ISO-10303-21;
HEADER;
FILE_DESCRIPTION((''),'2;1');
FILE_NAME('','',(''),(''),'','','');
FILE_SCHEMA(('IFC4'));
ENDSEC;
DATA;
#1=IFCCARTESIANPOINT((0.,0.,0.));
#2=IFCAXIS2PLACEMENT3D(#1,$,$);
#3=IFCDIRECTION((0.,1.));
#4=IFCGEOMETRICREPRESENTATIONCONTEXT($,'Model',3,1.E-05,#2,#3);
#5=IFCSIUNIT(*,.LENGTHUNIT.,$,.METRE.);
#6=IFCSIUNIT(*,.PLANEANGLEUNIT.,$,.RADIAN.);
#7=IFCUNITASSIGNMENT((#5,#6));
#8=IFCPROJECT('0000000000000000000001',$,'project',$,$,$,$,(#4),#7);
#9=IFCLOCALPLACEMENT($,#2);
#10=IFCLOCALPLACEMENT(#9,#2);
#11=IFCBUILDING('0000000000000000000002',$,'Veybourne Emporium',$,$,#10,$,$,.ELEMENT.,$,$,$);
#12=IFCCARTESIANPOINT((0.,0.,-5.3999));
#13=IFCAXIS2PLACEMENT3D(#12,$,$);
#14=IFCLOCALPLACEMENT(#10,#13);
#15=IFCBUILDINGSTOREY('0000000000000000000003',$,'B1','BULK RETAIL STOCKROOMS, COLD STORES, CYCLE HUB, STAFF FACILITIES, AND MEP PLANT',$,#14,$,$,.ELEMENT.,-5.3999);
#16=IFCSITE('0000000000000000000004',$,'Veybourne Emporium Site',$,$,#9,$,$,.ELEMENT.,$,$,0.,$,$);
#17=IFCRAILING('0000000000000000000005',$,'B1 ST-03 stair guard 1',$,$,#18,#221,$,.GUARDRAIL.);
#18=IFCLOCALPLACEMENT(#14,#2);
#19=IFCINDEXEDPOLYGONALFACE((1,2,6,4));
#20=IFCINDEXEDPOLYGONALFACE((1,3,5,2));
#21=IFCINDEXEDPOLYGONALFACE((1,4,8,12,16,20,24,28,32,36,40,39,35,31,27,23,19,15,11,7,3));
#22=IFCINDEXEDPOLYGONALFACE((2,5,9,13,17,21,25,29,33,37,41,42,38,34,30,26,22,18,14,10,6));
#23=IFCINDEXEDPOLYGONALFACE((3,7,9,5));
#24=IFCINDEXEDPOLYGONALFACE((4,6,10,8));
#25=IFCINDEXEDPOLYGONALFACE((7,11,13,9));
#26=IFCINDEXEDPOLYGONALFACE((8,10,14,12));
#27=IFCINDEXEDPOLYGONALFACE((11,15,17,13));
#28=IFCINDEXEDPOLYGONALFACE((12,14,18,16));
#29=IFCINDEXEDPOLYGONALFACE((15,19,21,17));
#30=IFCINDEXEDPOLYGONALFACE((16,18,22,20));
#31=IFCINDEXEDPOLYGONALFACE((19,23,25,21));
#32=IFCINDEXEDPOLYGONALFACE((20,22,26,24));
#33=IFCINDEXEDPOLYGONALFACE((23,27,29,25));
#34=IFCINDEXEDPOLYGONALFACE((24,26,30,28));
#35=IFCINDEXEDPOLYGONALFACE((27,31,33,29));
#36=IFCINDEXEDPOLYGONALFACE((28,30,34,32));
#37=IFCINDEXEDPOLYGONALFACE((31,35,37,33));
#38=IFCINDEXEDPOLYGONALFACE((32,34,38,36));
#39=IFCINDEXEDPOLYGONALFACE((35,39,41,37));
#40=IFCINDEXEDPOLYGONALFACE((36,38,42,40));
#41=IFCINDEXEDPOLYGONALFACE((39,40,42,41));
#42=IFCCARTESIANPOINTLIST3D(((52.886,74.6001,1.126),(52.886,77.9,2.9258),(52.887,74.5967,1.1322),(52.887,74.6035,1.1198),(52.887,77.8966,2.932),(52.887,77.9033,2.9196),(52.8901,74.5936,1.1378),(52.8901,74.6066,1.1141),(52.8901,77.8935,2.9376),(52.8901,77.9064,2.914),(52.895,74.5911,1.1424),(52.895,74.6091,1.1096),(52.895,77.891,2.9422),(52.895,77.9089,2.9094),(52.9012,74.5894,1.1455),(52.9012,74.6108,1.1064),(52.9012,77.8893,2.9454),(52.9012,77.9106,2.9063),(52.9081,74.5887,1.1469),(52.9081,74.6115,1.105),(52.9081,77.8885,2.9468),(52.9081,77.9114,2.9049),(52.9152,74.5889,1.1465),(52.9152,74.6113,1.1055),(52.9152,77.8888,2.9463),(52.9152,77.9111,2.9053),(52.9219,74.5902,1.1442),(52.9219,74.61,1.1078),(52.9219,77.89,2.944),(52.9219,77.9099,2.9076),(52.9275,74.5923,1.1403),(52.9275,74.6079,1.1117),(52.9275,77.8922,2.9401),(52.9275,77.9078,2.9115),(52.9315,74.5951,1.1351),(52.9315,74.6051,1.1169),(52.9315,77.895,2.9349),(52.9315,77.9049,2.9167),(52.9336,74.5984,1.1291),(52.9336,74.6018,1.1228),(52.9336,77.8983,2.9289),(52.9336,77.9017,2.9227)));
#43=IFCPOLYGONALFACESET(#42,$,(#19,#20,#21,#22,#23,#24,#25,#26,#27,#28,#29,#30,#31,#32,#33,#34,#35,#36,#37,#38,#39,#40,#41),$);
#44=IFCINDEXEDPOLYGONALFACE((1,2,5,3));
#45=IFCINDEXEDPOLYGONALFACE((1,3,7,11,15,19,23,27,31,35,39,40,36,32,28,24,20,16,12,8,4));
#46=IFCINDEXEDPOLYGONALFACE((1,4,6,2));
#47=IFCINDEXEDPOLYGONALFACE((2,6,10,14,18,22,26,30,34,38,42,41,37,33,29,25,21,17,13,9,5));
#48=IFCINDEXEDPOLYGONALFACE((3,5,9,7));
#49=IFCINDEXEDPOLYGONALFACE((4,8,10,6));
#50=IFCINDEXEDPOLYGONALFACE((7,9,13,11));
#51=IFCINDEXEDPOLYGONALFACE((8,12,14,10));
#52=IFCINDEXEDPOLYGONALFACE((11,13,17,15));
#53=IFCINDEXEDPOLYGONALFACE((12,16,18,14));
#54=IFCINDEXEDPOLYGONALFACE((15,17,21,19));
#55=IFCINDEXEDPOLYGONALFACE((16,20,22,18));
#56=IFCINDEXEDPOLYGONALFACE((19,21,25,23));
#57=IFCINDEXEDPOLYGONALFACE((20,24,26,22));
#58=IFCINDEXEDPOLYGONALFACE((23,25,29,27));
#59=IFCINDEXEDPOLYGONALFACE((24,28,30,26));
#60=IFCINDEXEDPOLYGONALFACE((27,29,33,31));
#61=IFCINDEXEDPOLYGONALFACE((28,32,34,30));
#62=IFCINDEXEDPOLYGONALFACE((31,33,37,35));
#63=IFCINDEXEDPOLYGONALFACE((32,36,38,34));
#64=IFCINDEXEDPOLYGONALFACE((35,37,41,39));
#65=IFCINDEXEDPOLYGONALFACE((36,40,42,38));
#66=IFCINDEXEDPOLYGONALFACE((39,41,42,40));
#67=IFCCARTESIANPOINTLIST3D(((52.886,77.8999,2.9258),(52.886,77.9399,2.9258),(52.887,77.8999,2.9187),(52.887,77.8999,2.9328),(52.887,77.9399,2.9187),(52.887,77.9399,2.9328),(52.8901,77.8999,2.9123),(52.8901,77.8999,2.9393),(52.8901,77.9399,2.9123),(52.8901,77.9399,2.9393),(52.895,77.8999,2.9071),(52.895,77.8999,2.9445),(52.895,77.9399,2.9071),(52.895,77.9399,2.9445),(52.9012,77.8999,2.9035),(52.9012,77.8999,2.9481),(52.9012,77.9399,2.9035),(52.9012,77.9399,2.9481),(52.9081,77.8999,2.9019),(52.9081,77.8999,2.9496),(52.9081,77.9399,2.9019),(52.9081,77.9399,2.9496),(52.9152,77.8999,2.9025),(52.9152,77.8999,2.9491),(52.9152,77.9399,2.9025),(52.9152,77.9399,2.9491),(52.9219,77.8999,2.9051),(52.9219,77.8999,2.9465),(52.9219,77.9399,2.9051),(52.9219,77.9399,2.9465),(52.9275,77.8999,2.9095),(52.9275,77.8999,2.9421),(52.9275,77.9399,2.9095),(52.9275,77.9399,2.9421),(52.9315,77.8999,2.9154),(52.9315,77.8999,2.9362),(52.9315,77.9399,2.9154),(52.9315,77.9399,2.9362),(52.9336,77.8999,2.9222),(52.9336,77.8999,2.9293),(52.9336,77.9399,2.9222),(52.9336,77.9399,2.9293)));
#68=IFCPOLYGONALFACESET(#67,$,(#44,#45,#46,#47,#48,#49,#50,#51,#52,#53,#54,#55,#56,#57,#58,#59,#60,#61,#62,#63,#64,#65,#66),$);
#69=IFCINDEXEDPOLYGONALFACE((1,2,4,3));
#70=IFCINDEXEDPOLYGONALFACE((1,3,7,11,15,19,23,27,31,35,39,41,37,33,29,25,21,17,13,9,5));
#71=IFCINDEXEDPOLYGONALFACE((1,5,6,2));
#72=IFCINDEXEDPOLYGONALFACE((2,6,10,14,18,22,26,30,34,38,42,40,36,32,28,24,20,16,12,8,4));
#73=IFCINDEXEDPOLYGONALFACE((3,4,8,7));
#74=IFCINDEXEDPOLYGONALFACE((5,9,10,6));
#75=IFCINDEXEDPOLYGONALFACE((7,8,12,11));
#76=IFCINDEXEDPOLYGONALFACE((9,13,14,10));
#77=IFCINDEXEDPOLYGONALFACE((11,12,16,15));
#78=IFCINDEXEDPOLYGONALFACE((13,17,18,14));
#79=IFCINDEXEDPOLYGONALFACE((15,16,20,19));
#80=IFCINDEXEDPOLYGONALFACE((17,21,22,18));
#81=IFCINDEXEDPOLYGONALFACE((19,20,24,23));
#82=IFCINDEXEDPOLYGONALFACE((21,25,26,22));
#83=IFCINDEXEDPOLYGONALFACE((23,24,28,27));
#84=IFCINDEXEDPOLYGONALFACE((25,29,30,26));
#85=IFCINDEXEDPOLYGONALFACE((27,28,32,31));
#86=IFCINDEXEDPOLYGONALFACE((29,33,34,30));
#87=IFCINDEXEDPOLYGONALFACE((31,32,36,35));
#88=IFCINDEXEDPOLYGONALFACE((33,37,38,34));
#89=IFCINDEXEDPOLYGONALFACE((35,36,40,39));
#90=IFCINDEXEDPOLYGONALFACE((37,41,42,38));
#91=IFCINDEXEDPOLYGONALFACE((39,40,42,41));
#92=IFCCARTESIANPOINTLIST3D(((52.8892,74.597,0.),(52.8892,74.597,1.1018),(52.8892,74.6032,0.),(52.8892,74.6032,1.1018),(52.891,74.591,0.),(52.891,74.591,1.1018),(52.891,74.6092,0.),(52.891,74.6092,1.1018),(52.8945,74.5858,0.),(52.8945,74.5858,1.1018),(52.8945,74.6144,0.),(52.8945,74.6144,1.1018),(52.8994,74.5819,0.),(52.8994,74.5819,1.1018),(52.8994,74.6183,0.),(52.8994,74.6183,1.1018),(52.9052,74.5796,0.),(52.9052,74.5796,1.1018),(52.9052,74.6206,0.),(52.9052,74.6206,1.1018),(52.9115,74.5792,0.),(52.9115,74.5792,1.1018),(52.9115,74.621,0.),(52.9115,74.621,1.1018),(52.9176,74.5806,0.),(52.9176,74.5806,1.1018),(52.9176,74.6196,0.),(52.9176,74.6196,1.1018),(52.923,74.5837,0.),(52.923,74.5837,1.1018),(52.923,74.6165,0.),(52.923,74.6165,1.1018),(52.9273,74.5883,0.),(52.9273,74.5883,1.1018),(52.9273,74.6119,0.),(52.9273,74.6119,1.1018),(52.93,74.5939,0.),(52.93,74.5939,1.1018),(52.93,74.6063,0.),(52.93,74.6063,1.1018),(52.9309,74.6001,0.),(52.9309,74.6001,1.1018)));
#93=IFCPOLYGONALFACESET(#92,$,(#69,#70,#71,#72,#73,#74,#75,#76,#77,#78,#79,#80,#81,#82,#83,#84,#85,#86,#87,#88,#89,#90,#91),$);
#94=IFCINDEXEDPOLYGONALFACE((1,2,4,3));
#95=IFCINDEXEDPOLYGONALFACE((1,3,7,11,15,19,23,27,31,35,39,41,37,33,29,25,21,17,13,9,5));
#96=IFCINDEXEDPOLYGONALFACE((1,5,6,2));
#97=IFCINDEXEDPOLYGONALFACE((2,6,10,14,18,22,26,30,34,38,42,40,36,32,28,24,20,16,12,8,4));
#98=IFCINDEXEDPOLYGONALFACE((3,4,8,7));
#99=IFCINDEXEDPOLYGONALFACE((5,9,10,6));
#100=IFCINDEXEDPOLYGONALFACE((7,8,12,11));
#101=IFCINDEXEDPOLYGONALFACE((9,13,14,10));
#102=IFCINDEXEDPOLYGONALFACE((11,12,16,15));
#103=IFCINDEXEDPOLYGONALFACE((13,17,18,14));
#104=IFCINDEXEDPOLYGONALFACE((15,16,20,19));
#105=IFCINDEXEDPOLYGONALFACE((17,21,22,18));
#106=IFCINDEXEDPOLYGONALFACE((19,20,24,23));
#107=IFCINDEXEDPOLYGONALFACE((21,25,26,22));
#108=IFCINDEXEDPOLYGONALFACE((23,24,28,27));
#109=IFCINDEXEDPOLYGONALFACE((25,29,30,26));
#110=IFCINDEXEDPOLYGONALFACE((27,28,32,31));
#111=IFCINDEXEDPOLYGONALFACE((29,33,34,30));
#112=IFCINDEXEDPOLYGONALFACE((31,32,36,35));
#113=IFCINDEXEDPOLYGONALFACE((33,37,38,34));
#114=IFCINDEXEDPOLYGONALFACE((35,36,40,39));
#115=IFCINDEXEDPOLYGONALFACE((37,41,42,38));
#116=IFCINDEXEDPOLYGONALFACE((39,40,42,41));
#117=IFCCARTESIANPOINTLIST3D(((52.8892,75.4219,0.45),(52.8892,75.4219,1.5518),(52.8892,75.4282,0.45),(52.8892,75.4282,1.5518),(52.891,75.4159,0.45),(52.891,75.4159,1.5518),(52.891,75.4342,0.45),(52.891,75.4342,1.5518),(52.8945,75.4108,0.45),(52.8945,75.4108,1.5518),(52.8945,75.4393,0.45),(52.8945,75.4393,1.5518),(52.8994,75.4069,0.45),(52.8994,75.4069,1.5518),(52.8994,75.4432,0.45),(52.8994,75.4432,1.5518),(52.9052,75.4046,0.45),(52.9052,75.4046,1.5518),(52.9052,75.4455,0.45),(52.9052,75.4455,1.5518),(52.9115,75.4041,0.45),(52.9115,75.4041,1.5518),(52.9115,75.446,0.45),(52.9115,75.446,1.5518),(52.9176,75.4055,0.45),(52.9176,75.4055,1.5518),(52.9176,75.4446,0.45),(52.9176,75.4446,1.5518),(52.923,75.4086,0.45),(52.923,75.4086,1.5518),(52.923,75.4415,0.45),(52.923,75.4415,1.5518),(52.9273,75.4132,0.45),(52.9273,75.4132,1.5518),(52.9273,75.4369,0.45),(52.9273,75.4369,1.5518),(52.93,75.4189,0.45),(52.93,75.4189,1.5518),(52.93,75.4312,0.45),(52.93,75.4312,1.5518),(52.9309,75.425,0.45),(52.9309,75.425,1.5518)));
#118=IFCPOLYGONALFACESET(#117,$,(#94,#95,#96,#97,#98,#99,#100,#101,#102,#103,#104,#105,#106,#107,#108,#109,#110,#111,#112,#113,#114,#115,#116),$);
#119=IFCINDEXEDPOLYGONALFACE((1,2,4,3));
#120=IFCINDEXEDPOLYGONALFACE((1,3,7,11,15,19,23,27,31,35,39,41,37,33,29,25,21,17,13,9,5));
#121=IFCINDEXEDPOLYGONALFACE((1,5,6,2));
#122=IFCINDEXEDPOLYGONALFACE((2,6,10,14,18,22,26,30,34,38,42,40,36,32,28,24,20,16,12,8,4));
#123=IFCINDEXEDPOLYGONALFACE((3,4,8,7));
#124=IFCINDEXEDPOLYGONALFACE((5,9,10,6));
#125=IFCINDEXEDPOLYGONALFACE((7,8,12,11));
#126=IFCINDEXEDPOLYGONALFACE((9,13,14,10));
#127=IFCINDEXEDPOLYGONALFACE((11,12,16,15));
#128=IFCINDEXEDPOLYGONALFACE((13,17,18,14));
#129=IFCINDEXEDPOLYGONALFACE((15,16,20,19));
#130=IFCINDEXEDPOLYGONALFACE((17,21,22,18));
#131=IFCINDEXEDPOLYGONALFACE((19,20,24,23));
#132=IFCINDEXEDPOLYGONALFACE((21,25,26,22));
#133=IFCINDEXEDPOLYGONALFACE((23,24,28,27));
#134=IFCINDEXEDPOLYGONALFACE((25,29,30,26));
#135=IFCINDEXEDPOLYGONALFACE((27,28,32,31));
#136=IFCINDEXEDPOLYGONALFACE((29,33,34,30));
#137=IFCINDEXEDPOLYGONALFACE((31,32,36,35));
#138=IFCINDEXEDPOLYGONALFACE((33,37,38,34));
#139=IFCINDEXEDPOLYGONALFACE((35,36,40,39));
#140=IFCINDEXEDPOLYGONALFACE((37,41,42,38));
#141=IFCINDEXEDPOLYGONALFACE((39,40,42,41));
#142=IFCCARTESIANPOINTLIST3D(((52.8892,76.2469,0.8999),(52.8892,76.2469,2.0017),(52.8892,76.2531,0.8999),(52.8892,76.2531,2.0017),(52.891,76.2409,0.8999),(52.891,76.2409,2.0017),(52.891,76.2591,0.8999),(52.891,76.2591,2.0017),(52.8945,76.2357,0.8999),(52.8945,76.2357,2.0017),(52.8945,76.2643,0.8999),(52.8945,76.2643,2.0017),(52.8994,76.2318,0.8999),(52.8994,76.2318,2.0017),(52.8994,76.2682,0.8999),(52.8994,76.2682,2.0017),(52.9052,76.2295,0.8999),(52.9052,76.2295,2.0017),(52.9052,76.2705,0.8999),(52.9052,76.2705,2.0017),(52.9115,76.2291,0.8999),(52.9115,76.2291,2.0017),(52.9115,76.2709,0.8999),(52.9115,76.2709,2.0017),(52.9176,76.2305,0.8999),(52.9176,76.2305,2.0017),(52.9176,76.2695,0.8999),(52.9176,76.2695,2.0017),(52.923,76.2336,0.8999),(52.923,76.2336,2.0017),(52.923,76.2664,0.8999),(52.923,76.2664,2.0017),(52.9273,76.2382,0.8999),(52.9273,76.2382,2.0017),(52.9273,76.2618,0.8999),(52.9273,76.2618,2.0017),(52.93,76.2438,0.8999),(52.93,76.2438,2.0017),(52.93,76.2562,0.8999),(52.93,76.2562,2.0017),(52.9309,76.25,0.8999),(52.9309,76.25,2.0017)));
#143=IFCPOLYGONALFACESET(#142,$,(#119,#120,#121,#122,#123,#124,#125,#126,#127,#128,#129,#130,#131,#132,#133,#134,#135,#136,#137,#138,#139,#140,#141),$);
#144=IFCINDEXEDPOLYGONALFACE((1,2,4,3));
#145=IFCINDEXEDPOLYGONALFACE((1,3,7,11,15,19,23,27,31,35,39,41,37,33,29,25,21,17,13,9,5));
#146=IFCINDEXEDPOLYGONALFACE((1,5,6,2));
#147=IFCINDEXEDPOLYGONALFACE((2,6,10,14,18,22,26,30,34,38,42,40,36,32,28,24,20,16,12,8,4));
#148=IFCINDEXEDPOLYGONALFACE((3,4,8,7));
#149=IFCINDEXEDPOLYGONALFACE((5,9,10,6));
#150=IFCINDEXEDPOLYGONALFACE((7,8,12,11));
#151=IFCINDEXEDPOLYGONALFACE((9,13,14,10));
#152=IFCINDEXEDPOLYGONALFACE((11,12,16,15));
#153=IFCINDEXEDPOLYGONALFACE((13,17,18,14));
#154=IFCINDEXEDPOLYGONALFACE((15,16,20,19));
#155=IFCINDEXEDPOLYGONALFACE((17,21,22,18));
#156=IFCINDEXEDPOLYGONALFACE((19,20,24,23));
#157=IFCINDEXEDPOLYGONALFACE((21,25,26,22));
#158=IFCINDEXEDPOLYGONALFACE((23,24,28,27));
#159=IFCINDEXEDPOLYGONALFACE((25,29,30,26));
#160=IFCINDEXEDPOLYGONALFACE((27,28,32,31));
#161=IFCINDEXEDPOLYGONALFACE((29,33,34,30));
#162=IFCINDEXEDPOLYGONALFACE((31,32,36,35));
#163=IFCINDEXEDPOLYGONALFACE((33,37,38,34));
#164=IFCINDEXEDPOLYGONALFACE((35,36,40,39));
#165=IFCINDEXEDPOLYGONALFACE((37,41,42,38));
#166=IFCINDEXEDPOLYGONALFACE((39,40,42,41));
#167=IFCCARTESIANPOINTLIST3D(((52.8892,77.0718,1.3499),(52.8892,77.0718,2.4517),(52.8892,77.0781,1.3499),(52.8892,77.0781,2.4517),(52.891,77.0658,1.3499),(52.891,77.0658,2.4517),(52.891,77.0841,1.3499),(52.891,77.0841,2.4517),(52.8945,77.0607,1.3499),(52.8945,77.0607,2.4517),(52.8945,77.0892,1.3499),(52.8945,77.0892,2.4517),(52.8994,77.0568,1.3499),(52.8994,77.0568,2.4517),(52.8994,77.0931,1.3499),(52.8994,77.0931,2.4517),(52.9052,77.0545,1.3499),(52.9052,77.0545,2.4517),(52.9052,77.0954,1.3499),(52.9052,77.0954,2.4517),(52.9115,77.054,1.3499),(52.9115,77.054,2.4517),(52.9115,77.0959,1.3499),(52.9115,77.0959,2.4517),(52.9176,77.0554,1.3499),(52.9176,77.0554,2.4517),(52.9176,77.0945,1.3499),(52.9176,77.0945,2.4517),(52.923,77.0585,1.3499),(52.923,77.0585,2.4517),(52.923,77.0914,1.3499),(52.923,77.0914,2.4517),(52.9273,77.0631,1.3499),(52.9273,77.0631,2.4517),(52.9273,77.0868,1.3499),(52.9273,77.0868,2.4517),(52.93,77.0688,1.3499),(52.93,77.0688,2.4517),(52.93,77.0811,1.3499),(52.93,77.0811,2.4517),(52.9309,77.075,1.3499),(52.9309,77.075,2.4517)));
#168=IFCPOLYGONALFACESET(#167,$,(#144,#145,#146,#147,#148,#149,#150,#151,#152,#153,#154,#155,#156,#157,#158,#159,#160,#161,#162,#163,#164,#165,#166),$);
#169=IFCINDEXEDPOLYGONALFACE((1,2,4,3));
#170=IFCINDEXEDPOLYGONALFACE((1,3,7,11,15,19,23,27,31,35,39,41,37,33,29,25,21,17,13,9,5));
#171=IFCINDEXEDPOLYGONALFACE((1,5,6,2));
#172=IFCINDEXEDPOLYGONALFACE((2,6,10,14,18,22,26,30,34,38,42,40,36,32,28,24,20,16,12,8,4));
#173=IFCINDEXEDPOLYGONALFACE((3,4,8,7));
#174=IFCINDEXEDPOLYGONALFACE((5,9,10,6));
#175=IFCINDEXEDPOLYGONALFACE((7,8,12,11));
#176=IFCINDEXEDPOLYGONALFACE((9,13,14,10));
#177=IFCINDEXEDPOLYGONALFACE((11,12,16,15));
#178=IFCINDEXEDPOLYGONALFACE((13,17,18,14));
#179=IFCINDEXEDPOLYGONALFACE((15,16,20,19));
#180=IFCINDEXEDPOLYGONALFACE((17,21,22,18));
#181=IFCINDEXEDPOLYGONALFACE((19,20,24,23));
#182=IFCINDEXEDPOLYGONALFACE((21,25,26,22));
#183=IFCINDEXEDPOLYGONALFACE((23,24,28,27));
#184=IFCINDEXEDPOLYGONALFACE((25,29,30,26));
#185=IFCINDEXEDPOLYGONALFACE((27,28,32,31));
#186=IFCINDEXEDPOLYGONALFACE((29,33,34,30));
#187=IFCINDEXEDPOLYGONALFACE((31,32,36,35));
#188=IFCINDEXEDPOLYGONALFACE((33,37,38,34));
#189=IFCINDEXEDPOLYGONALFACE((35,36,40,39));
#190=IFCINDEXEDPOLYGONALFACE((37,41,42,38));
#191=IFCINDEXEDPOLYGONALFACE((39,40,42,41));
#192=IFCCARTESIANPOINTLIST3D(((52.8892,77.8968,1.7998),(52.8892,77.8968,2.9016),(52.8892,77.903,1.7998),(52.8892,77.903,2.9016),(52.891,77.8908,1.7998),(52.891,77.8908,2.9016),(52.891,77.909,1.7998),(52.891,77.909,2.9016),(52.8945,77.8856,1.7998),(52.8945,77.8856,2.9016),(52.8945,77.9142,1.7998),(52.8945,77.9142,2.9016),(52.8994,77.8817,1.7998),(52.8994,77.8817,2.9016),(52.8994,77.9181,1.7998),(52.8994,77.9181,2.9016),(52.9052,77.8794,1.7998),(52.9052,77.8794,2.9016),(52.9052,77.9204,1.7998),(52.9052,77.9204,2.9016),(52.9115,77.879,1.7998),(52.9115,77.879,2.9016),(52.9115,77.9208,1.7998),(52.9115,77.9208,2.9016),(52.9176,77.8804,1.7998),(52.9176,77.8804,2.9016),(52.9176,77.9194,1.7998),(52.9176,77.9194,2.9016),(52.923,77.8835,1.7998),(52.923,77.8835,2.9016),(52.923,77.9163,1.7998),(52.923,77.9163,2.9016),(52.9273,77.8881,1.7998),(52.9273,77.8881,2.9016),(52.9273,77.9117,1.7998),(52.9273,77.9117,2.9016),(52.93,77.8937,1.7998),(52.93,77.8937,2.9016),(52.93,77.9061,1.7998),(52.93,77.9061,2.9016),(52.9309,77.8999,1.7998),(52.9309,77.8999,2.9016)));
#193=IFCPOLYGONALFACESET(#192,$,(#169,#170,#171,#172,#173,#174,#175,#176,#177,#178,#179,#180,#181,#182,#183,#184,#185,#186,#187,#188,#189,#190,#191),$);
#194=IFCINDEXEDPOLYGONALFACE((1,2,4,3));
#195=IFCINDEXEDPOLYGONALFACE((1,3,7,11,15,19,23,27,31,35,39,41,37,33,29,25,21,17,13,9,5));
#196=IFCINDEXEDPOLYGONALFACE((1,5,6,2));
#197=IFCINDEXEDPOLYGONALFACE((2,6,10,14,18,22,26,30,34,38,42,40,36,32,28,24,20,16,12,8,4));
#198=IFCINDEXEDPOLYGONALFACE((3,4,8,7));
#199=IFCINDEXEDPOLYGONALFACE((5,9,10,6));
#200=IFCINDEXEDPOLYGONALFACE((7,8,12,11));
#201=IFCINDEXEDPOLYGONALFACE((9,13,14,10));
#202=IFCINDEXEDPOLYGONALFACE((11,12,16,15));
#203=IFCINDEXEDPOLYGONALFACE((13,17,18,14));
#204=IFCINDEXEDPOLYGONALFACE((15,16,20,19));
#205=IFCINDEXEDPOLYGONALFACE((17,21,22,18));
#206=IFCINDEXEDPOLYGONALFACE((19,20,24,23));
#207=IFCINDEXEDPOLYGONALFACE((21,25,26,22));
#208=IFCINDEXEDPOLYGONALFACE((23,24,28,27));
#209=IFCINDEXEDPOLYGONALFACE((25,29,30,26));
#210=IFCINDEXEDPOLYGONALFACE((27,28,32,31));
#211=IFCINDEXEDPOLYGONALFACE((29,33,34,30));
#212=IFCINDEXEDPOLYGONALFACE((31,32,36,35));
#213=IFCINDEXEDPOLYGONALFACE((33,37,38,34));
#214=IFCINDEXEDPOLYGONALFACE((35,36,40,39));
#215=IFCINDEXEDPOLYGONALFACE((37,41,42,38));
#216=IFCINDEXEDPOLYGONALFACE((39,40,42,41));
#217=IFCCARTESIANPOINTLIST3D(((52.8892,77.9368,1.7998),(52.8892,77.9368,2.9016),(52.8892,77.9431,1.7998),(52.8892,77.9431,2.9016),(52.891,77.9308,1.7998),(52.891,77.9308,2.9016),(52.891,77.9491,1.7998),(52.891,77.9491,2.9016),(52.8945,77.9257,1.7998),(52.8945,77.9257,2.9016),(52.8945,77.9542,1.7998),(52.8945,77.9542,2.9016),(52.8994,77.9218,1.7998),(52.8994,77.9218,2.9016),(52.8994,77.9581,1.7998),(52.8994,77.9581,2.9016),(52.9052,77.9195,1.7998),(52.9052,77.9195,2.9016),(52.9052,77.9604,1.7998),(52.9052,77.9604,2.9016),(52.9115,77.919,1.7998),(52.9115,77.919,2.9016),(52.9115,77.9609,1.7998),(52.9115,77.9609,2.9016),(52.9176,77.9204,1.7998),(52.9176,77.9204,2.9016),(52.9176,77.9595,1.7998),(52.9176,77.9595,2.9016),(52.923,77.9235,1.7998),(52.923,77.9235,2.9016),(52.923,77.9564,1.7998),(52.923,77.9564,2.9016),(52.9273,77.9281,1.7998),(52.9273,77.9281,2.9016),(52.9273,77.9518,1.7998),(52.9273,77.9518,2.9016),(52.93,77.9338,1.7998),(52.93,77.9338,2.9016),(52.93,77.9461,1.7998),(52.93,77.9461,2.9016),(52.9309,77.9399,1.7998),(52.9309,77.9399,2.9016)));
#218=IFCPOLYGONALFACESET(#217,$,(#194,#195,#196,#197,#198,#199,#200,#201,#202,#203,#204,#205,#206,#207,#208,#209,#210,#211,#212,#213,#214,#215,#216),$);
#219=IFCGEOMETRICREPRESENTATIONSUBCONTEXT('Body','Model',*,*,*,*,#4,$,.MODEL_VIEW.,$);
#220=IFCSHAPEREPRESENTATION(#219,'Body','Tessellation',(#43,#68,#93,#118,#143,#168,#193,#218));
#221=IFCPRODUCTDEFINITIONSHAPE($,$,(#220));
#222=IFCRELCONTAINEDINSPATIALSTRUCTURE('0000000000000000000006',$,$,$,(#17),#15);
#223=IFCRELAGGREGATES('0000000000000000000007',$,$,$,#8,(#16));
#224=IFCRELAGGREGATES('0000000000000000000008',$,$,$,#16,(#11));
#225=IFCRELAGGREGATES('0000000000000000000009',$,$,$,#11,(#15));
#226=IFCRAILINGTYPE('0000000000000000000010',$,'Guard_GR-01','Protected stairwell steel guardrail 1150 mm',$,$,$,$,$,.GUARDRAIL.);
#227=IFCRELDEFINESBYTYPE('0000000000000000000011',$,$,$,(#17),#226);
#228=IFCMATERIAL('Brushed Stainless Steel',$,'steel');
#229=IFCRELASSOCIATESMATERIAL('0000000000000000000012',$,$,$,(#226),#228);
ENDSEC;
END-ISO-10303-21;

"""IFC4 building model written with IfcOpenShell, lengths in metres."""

from ifc_helpers import new_model, si_unit, direction, frame, origin, origin_2d, place, context, subcontext, project, spatial, circle, extrude, material, type_object, element, save


model = new_model("IFC4")

# Units and contexts
model_context = context("Model", 3, precision=1e-05, world=origin(), true_north=direction((0.0, 1.0)))
body_context = subcontext(model_context, "Body", "Model", "MODEL_VIEW")
ifc_project = project(units=[si_unit("LENGTHUNIT", "METRE"), si_unit("PLANEANGLEUNIT", "RADIAN")], contexts=[model_context])

# Site, building, storey
site_placement = place(None, origin())
site = spatial("IfcSite", under=ifc_project, at=site_placement, Name="Veybourne Emporium Site", CompositionType="ELEMENT", RefElevation=0.0)
building_placement = place(site_placement, origin())
building = spatial("IfcBuilding", under=site, at=building_placement, Name="Veybourne Emporium", CompositionType="ELEMENT")
storey_placement = place(building_placement, frame((0.0, 0.0, -5.3999)))
storey = spatial("IfcBuildingStorey", under=building, at=storey_placement, Name="B1", Description="BULK RETAIL STOCKROOMS, COLD STORES, CYCLE HUB, STAFF FACILITIES, AND MEP PLANT", CompositionType="ELEMENT", Elevation=-5.3999)

# Railing
ifc_material_1 = material(Name="Brushed Stainless Steel", Category="steel")
railing_type_1 = type_object("IfcRailingType", Name="Guard_GR-01", Description="Protected stairwell steel guardrail 1150 mm", PredefinedType="GUARDRAIL", material=ifc_material_1)
railing_1_placement = place(storey_placement, frame((52.9099, 74.6001, 0.0)))
element("IfcRailing", 1, at=railing_1_placement, inside=storey, type_object=railing_type_1, Name="B1 ST-03 stair guard 1", PredefinedType="GUARDRAIL", context=body_context, shape_type="SweptSolid", body=[
    extrude(circle(Radius=0.0239, at=origin_2d()), frame((0.0, 0.0, 1.126), z_axis=(0.0, 0.877906, 0.478834), x_axis=(-1.0, 0.0, 0.0)), (0.0, 0.0, 1.0), 3.7588),
    extrude(circle(Radius=0.0239, at=origin_2d()), frame((0.0, 3.2998, 2.9258), z_axis=(0.0, 1.0, 0.0), x_axis=(-1.0, 0.0, 0.0)), (0.0, 0.0, 1.0), 0.04),
    extrude(circle(Radius=0.021, at=origin_2d()), origin(), (0.0, 0.0, 1.0), 1.1018),
    extrude(circle(Radius=0.021, at=origin_2d()), frame((0.0, 0.825, 0.45)), (0.0, 0.0, 1.0), 1.1018),
    extrude(circle(Radius=0.021, at=origin_2d()), frame((0.0, 1.6499, 0.8999)), (0.0, 0.0, 1.0), 1.1018),
    extrude(circle(Radius=0.021, at=origin_2d()), frame((0.0, 2.4749, 1.3499)), (0.0, 0.0, 1.0), 1.1018),
    extrude(circle(Radius=0.021, at=origin_2d()), frame((0.0, 3.2998, 1.7998)), (0.0, 0.0, 1.0), 1.1018),
    extrude(circle(Radius=0.021, at=origin_2d()), frame((0.0, 3.3398, 1.7998)), (0.0, 0.0, 1.0), 1.1018),
])

save(model, "model.ifc")
